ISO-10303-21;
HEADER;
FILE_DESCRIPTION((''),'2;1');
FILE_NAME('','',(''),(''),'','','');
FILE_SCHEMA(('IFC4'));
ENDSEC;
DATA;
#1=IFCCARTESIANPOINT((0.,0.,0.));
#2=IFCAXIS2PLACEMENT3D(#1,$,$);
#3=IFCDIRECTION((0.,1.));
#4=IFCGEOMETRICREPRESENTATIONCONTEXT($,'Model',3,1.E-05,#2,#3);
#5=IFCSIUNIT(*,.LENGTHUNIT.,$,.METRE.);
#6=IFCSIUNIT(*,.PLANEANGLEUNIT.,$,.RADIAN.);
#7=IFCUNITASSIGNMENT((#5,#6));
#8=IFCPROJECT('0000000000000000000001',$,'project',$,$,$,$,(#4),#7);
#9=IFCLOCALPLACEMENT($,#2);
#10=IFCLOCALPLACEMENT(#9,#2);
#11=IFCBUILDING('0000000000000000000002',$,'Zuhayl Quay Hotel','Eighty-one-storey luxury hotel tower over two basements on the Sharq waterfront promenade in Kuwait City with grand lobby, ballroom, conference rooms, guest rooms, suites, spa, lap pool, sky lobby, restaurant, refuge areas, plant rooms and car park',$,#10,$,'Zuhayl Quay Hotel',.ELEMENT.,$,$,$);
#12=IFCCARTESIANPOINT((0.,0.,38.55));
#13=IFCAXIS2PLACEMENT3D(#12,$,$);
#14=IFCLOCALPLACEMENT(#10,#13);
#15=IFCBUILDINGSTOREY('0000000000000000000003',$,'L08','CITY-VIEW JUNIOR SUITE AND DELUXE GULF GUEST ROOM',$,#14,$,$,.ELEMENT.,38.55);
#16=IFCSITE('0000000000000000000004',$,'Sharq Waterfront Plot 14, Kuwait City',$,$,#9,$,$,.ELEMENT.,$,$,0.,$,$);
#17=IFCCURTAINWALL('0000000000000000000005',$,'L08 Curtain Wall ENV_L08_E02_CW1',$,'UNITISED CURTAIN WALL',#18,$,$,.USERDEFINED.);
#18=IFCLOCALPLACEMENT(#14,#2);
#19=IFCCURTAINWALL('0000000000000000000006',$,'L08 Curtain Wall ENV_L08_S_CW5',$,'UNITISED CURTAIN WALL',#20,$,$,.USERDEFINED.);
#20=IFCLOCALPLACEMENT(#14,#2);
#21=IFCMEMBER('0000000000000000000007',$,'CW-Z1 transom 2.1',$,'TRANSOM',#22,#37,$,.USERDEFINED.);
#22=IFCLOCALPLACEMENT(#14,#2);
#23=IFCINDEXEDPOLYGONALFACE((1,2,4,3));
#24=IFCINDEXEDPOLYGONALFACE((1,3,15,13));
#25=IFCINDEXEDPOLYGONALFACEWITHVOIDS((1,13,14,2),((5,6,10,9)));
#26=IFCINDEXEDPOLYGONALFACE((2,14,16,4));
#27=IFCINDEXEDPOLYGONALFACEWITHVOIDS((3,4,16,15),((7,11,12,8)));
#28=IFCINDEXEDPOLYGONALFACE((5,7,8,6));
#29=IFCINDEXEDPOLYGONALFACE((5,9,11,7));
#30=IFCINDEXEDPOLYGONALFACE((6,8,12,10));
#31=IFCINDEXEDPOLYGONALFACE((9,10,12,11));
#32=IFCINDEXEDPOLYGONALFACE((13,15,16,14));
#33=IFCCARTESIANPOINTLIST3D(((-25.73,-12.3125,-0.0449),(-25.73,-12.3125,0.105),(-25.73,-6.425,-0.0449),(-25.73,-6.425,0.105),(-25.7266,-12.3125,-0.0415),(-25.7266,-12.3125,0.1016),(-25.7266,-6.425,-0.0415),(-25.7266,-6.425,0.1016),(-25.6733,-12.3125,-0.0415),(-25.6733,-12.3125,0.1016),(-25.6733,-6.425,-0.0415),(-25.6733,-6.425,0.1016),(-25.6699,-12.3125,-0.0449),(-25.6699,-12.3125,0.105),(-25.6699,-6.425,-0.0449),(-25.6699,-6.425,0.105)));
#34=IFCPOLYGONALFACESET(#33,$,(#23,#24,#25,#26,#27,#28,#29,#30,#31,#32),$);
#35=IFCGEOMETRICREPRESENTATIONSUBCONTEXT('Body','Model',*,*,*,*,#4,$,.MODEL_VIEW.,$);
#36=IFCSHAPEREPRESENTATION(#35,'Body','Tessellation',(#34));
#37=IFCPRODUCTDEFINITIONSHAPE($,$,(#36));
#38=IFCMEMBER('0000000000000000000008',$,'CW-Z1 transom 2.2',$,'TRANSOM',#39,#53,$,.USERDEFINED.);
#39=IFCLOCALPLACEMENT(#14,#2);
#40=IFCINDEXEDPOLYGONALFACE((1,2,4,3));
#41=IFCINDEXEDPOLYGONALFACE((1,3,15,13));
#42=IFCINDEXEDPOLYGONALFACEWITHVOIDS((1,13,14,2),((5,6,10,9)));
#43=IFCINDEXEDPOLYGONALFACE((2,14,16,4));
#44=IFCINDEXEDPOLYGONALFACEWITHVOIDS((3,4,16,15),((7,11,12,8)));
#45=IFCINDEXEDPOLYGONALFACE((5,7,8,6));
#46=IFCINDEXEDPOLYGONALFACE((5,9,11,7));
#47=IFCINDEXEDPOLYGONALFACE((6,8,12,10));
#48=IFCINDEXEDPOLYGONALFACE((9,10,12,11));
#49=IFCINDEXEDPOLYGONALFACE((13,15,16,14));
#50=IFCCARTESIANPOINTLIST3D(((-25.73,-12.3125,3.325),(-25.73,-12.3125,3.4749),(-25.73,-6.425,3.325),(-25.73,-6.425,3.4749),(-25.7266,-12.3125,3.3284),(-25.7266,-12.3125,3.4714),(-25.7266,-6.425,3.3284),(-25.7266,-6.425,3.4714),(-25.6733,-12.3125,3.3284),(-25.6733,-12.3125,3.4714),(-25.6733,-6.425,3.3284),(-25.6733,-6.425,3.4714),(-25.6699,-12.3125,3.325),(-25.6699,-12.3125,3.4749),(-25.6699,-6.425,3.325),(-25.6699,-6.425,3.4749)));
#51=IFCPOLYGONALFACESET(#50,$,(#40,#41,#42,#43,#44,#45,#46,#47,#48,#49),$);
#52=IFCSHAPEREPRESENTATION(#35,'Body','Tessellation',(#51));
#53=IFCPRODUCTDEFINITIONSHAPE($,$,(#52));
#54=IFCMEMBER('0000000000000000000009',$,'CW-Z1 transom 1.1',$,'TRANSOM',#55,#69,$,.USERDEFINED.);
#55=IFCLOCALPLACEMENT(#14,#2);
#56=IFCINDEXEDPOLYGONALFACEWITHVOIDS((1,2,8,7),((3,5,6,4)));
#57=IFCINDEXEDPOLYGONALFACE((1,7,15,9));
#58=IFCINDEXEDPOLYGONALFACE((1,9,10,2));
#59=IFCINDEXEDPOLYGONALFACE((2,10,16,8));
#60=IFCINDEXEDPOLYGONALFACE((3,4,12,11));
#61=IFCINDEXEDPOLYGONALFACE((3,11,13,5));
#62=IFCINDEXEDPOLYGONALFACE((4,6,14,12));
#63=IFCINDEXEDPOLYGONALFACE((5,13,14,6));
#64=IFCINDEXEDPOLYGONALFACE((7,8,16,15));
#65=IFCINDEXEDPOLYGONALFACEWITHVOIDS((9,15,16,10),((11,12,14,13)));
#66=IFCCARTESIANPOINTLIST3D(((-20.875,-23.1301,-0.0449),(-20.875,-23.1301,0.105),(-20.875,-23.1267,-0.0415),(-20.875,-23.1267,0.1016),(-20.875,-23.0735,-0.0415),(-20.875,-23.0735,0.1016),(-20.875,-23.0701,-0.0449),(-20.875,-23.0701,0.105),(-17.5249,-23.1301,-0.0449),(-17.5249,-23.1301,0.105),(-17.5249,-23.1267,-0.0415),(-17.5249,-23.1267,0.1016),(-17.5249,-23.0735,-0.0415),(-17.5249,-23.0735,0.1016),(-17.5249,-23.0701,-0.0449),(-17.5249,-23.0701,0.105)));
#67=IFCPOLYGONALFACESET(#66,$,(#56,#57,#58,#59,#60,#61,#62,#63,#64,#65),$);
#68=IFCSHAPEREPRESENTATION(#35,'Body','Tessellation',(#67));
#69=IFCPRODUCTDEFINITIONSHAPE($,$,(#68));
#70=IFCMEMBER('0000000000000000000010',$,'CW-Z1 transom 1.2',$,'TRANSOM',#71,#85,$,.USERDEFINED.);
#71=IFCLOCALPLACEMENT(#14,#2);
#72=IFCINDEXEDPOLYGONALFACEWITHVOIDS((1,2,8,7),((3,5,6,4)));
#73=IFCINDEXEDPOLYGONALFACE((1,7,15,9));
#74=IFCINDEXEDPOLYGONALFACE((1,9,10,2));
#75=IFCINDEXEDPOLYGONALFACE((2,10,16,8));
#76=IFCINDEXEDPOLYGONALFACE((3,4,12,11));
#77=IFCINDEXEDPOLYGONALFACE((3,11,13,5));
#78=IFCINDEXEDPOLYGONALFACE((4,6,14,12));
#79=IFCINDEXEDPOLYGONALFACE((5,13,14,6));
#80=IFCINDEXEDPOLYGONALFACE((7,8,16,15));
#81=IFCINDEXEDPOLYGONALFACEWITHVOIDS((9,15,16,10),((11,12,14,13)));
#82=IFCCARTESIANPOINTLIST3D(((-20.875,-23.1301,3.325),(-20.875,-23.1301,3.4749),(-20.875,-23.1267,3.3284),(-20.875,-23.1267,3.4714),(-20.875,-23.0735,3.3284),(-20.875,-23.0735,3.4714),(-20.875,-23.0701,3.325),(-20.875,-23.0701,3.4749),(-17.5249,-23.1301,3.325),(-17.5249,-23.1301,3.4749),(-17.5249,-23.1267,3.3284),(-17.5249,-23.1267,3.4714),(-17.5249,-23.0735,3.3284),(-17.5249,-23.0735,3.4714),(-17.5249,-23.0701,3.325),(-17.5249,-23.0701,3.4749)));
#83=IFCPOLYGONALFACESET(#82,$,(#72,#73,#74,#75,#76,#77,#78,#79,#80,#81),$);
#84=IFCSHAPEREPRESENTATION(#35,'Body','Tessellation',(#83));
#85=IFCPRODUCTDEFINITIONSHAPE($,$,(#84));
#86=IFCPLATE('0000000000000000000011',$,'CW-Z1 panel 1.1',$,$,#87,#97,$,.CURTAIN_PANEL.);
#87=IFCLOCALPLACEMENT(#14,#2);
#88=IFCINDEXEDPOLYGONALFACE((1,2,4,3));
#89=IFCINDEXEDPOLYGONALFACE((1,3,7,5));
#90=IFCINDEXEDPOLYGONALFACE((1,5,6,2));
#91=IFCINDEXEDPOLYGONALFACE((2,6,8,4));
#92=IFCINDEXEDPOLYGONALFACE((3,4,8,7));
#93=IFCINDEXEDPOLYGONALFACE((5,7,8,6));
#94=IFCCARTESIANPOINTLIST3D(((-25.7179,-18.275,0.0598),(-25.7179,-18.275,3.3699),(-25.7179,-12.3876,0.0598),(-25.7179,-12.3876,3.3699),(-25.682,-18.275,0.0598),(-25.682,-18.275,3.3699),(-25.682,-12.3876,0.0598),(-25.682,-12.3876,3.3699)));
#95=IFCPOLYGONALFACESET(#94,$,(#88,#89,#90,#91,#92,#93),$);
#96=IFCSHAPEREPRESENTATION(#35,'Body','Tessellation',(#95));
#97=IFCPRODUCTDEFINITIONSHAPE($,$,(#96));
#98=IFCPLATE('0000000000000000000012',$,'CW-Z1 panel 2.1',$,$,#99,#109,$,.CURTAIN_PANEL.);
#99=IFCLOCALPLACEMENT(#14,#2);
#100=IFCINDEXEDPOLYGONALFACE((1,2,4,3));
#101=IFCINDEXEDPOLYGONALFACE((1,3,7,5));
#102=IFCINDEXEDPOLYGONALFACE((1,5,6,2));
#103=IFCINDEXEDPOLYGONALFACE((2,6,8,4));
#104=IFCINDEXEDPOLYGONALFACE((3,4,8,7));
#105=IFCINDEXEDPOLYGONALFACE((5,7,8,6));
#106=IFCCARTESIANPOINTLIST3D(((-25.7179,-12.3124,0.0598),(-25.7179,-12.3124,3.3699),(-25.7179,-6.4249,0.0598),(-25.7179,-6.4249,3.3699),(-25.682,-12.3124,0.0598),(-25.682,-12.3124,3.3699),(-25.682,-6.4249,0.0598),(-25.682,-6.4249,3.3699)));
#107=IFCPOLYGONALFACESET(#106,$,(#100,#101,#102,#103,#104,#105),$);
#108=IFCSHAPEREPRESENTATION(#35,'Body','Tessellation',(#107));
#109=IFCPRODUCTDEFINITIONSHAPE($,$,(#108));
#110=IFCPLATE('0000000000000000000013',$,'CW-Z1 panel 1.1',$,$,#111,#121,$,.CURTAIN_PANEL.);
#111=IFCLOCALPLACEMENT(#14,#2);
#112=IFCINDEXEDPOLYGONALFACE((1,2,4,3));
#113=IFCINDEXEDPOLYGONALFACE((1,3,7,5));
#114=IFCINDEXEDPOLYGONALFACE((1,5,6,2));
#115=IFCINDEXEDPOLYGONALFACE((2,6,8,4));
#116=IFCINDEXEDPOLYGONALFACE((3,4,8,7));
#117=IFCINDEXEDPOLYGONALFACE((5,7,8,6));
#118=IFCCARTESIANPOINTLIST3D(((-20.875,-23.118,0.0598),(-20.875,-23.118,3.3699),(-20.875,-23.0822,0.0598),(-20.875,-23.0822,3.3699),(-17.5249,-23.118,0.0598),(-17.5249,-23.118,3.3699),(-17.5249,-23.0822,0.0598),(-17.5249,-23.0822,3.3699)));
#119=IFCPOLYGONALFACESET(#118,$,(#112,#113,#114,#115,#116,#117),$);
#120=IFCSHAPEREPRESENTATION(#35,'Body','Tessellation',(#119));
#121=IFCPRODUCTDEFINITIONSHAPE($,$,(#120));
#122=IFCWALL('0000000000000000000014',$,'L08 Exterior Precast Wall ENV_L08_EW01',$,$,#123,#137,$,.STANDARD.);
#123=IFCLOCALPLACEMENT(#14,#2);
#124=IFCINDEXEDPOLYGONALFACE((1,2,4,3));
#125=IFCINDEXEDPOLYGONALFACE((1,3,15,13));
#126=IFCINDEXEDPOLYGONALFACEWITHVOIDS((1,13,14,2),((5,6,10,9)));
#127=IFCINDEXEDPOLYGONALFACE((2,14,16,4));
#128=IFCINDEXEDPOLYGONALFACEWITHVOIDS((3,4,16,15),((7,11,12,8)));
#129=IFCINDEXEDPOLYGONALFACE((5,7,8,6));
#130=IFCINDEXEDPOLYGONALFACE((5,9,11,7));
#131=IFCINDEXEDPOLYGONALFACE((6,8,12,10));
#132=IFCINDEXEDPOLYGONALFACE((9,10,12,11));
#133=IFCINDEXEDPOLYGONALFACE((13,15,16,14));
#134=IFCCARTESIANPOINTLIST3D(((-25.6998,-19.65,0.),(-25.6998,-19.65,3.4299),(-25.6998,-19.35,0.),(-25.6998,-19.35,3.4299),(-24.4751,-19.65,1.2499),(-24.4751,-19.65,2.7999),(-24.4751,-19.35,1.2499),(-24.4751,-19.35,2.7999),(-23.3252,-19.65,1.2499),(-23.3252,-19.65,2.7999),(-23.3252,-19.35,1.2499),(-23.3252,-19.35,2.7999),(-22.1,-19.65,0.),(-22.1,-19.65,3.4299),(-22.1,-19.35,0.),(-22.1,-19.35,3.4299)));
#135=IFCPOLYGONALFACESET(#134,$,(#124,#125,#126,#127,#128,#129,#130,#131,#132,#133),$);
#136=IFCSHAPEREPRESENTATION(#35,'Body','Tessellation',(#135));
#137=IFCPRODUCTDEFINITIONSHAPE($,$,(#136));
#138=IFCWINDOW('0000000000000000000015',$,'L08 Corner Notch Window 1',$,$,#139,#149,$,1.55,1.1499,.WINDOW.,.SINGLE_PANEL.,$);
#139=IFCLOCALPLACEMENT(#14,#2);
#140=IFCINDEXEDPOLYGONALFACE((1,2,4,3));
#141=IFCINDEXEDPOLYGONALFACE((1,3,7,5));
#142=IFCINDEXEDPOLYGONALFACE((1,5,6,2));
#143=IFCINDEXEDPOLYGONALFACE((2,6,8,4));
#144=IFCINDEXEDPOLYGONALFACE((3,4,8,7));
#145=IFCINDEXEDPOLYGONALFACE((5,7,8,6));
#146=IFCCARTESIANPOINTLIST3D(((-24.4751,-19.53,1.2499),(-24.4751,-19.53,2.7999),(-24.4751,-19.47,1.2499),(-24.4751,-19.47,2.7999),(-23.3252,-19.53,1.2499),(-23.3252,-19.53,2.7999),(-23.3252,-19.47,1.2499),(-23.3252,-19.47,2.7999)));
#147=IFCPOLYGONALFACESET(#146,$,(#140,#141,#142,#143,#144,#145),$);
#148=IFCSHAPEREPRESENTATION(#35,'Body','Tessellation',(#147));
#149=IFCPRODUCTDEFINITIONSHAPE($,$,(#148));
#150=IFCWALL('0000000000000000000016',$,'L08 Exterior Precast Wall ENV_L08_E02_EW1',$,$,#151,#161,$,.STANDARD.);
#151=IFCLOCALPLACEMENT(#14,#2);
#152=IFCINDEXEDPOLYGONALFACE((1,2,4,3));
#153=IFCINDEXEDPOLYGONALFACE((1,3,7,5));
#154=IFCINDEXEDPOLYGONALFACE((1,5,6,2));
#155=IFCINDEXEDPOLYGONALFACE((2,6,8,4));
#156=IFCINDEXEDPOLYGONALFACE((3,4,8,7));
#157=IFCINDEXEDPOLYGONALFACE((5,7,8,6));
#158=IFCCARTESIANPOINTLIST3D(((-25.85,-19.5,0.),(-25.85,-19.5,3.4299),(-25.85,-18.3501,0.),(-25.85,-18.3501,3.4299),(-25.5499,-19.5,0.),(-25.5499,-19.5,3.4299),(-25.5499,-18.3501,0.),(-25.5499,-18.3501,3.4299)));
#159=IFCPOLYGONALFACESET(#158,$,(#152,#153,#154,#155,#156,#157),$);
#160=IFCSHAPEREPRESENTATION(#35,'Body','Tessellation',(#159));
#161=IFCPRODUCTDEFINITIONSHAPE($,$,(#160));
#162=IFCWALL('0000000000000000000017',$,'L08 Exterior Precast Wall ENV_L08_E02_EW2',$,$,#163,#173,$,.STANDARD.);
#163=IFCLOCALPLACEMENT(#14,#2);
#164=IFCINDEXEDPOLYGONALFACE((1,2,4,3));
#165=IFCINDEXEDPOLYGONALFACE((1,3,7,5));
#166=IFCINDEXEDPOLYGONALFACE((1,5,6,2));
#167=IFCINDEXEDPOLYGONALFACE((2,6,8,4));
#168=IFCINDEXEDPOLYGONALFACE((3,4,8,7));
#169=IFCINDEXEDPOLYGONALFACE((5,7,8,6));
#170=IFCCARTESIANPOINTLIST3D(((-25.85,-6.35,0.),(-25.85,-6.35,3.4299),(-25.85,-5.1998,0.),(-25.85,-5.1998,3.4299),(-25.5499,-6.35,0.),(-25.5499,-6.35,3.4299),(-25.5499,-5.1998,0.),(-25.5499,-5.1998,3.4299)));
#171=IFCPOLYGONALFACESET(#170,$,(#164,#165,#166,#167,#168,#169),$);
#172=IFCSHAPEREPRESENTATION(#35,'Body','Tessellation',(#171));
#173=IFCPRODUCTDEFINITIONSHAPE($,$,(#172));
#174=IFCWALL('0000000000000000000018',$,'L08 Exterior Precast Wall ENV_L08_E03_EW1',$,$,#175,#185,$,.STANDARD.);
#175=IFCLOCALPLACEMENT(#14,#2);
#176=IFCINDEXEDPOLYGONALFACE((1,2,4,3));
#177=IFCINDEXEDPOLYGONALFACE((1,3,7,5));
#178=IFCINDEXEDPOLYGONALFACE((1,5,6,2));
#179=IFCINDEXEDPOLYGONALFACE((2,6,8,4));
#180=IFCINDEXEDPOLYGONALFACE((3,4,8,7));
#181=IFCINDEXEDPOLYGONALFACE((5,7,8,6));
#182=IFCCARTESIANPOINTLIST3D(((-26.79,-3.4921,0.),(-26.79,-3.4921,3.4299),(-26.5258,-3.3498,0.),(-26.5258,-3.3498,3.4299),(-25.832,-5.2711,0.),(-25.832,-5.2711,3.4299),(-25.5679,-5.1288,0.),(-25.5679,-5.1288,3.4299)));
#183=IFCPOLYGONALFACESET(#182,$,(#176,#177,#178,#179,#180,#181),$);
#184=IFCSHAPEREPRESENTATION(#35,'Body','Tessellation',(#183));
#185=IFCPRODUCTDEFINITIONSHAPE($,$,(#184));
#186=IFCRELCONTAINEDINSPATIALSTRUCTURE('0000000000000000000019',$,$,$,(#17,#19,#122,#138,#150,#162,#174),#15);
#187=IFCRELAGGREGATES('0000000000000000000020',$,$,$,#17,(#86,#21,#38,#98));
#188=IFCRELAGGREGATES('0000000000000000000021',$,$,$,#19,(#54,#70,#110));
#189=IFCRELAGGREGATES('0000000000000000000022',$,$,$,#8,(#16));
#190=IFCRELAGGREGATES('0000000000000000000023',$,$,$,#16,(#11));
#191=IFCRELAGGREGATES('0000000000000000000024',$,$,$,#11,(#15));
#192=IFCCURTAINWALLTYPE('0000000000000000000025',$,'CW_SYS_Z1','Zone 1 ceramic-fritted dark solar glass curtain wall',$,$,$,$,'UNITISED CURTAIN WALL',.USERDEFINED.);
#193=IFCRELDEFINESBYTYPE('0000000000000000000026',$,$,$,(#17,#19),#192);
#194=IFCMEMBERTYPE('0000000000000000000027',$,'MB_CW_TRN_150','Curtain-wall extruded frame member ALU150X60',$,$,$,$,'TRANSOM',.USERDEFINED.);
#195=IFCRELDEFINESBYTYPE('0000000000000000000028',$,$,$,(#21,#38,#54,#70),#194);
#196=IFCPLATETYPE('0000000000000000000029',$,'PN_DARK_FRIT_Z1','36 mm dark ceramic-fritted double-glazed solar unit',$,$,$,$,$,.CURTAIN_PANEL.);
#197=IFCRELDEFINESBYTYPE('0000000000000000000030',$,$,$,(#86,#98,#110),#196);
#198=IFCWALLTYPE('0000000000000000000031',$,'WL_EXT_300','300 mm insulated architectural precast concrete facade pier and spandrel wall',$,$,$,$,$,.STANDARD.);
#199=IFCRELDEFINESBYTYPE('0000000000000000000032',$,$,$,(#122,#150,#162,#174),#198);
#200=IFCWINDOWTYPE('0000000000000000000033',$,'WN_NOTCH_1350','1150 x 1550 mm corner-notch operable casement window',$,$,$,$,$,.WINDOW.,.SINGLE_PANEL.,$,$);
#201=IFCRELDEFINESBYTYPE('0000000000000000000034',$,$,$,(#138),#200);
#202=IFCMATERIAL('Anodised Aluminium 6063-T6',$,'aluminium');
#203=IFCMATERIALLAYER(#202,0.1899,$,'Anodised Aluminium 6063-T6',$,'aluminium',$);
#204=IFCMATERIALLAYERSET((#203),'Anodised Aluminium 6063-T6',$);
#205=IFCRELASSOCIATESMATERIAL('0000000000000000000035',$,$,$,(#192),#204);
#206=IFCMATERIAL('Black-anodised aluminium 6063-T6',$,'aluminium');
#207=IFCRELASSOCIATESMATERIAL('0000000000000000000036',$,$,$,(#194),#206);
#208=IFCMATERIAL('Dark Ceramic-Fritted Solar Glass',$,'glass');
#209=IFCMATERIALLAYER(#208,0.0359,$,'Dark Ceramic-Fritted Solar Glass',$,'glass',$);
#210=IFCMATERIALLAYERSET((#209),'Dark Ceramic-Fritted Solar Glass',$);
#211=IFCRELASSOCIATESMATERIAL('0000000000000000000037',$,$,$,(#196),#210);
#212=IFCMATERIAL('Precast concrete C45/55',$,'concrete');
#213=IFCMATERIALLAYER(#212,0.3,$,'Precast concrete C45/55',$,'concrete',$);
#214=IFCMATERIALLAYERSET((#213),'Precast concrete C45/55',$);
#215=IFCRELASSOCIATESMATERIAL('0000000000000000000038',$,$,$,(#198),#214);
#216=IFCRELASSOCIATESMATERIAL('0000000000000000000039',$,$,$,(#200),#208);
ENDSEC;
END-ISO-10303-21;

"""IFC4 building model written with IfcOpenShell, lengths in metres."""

from ifc_helpers import new_model, si_unit, direction, frame, frame_2d, origin, origin_2d, place, context, subcontext, project, spatial, rectangle, hollow_rectangle, extrude, material, layer, layer_set, material_profile, profile_set, type_object, element, fill, aggregate, save


model = new_model("IFC4")

# Units and contexts
model_context = context("Model", 3, precision=1e-05, world=origin(), true_north=direction((0.0, 1.0)))
body_context = subcontext(model_context, "Body", "Model", "MODEL_VIEW")
ifc_project = project(units=[si_unit("LENGTHUNIT", "METRE"), si_unit("PLANEANGLEUNIT", "RADIAN")], contexts=[model_context])

# Site, building, storey
site_placement = place(None, origin())
site = spatial("IfcSite", under=ifc_project, at=site_placement, Name="Sharq Waterfront Plot 14, Kuwait City", CompositionType="ELEMENT", RefElevation=0.0)
building_placement = place(site_placement, origin())
building = spatial("IfcBuilding", under=site, at=building_placement, Name="Zuhayl Quay Hotel", Description="Eighty-one-storey luxury hotel tower over two basements on the Sharq waterfront promenade in Kuwait City with grand lobby, ballroom, conference rooms, guest rooms, suites, spa, lap pool, sky lobby, restaurant, refuge areas, plant rooms and car park", LongName="Zuhayl Quay Hotel", CompositionType="ELEMENT")
storey_placement = place(building_placement, frame((0.0, 0.0, 38.55)))
storey = spatial("IfcBuildingStorey", under=building, at=storey_placement, Name="L08", Description="CITY-VIEW JUNIOR SUITE AND DELUXE GULF GUEST ROOM", CompositionType="ELEMENT", Elevation=38.55)

# Curtain walls
ifc_material_1 = material(Name="Anodised Aluminium 6063-T6", Category="aluminium")
ifc_layer_1 = layer(ifc_material_1, 0.1899, Name="Anodised Aluminium 6063-T6", Category="aluminium")
ifc_layer_set_1 = layer_set([ifc_layer_1], Name="Anodised Aluminium 6063-T6")
curtain_wall_type = type_object("IfcCurtainWallType", Name="CW_SYS_Z1", Description="Zone 1 ceramic-fritted dark solar glass curtain wall", ElementType="UNITISED CURTAIN WALL", PredefinedType="USERDEFINED", material=ifc_layer_set_1)
curtain_wall_1_placement = place(storey_placement, origin())
curtain_wall_1 = element("IfcCurtainWall", 1, at=curtain_wall_1_placement, inside=storey, type_object=curtain_wall_type, Name="L08 Curtain Wall ENV_L08_E02_CW1", ObjectType="UNITISED CURTAIN WALL", PredefinedType="USERDEFINED")
ifc_material_2 = material(Name="Black-anodised aluminium 6063-T6", Category="aluminium")
curtain_wall_2_placement = place(storey_placement, origin())
curtain_wall_2 = element("IfcCurtainWall", 2, at=curtain_wall_2_placement, inside=storey, type_object=curtain_wall_type, Name="L08 Curtain Wall ENV_L08_S_CW5", ObjectType="UNITISED CURTAIN WALL", PredefinedType="USERDEFINED")

# Members
ifc_material_profile_1 = material_profile(ifc_material_2, hollow_rectangle(XDim=0.0601, YDim=0.1499, WallThickness=0.0034, at=origin_2d()), Name="ALU150X60")
ifc_profile_set_1 = profile_set([ifc_material_profile_1], Name="Black-anodised aluminium 6063-T6")
member_type_1 = type_object("IfcMemberType", Name="MB_CW_TRN_150", Description="Curtain-wall extruded frame member ALU150X60", ElementType="TRANSOM", PredefinedType="USERDEFINED", material=ifc_profile_set_1)
member_1_placement = place(storey_placement, frame((-25.7, -12.3125, 0.03), z_axis=(0.0, 1.0, 0.0), x_axis=(-1.0, 0.0, 0.0)))
member_1 = element("IfcMember", 3, at=member_1_placement, type_object=member_type_1, Name="CW-Z1 transom 2.1", ObjectType="TRANSOM", PredefinedType="USERDEFINED", context=body_context, shape_type="SweptSolid", body=[
    extrude(hollow_rectangle(XDim=0.0601, YDim=0.1499, WallThickness=0.0034, at=origin_2d()), origin(), (0.0, 0.0, 1.0), 5.8875),
])
member_2_placement = place(storey_placement, frame((-25.7, -12.3125, 3.3999), z_axis=(0.0, 1.0, 0.0), x_axis=(-1.0, 0.0, 0.0)))
member_2 = element("IfcMember", 4, at=member_2_placement, type_object=member_type_1, Name="CW-Z1 transom 2.2", ObjectType="TRANSOM", PredefinedType="USERDEFINED", context=body_context, shape_type="SweptSolid", body=[
    extrude(hollow_rectangle(XDim=0.0601, YDim=0.1499, WallThickness=0.0034, at=origin_2d()), origin(), (0.0, 0.0, 1.0), 5.8875),
])
member_3_placement = place(storey_placement, frame((-17.5249, -23.1001, 0.03), z_axis=(-1.0, 0.0, 0.0), x_axis=(0.0, -1.0, 0.0)))
member_3 = element("IfcMember", 5, at=member_3_placement, type_object=member_type_1, Name="CW-Z1 transom 1.1", ObjectType="TRANSOM", PredefinedType="USERDEFINED", context=body_context, shape_type="SweptSolid", body=[
    extrude(hollow_rectangle(XDim=0.0601, YDim=0.1499, WallThickness=0.0034, at=origin_2d()), origin(), (0.0, 0.0, 1.0), 3.3501),
])
member_4_placement = place(storey_placement, frame((-17.5249, -23.1001, 3.3999), z_axis=(-1.0, 0.0, 0.0), x_axis=(0.0, -1.0, 0.0)))
member_4 = element("IfcMember", 6, at=member_4_placement, type_object=member_type_1, Name="CW-Z1 transom 1.2", ObjectType="TRANSOM", PredefinedType="USERDEFINED", context=body_context, shape_type="SweptSolid", body=[
    extrude(hollow_rectangle(XDim=0.0601, YDim=0.1499, WallThickness=0.0034, at=origin_2d()), origin(), (0.0, 0.0, 1.0), 3.3501),
])

# Plates
ifc_material_3 = material(Name="Dark Ceramic-Fritted Solar Glass", Category="glass")
ifc_layer_2 = layer(ifc_material_3, 0.0359, Name="Dark Ceramic-Fritted Solar Glass", Category="glass")
ifc_layer_set_2 = layer_set([ifc_layer_2], Name="Dark Ceramic-Fritted Solar Glass")
plate_type = type_object("IfcPlateType", Name="PN_DARK_FRIT_Z1", Description="36 mm dark ceramic-fritted double-glazed solar unit", PredefinedType="CURTAIN_PANEL", material=ifc_layer_set_2)
plate_1_placement = place(storey_placement, frame((-25.7, -15.3313, 0.0598), z_axis=(0.0, 0.0, 1.0), x_axis=(0.0, 1.0, 0.0)))
plate_1 = element("IfcPlate", 7, at=plate_1_placement, type_object=plate_type, Name="CW-Z1 panel 1.1", PredefinedType="CURTAIN_PANEL", context=body_context, shape_type="SweptSolid", body=[
    extrude(rectangle(XDim=5.8875, YDim=0.0359, at=origin_2d()), origin(), (0.0, 0.0, 1.0), 3.3101),
])
plate_2_placement = place(storey_placement, frame((-25.7, -9.3687, 0.0598), z_axis=(0.0, 0.0, 1.0), x_axis=(0.0, 1.0, 0.0)))
plate_2 = element("IfcPlate", 8, at=plate_2_placement, type_object=plate_type, Name="CW-Z1 panel 2.1", PredefinedType="CURTAIN_PANEL", context=body_context, shape_type="SweptSolid", body=[
    extrude(rectangle(XDim=5.8875, YDim=0.0359, at=origin_2d()), origin(), (0.0, 0.0, 1.0), 3.3101),
])
aggregate(curtain_wall_1, [plate_1, member_1, member_2, plate_2])
plate_3_placement = place(storey_placement, frame((-19.2, -23.1001, 0.0598), z_axis=(0.0, 0.0, 1.0), x_axis=(-1.0, 0.0, 0.0)))
plate_3 = element("IfcPlate", 9, at=plate_3_placement, type_object=plate_type, Name="CW-Z1 panel 1.1", PredefinedType="CURTAIN_PANEL", context=body_context, shape_type="SweptSolid", body=[
    extrude(rectangle(XDim=3.3501, YDim=0.0359, at=origin_2d()), origin(), (0.0, 0.0, 1.0), 3.3101),
])
aggregate(curtain_wall_2, [member_3, member_4, plate_3])

# Wall, opening, window
ifc_material_4 = material(Name="Precast concrete C45/55", Category="concrete")
ifc_layer_3 = layer(ifc_material_4, 0.3, Name="Precast concrete C45/55", Category="concrete")
ifc_layer_set_3 = layer_set([ifc_layer_3], Name="Precast concrete C45/55")
wall_type_1 = type_object("IfcWallType", Name="WL_EXT_300", Description="300 mm insulated architectural precast concrete facade pier and spandrel wall", PredefinedType="STANDARD", material=ifc_layer_set_3)
wall_1_placement = place(storey_placement, frame((-22.1001, -19.5, 0.0), z_axis=(0.0, 0.0, 1.0), x_axis=(-1.0, 0.0, 0.0)))
wall_1 = element("IfcWall", 10, at=wall_1_placement, inside=storey, type_object=wall_type_1, Name="L08 Exterior Precast Wall ENV_L08_EW01", PredefinedType="STANDARD", context=body_context, shape_type="SweptSolid", body=[
    extrude(rectangle(XDim=3.5999, YDim=0.3, at=frame_2d((1.7998, 0.0))), origin(), (0.0, 0.0, 1.0), 3.4299),
])
opening_1_placement = place(wall_1_placement, frame((1.2251, 0.0, 1.25)))
opening_1 = element("IfcOpeningElement", 11, at=opening_1_placement, cuts=wall_1, PredefinedType="OPENING", context=body_context, shape_type="SweptSolid", body=[
    extrude(rectangle(XDim=1.1499, YDim=1.55, at=frame_2d((0.575, 0.7749))), frame((0.0, 0.1599, 0.0), z_axis=(0.0, -1.0, 0.0), x_axis=(1.0, 0.0, 0.0)), (0.0, 0.0, 1.0), 0.3201),
])
window_type = type_object("IfcWindowType", Name="WN_NOTCH_1350", Description="1150 x 1550 mm corner-notch operable casement window", PartitioningType="SINGLE_PANEL", PredefinedType="WINDOW", material=ifc_material_3)
window_1_placement = place(opening_1_placement, origin())
window_1 = element("IfcWindow", 12, at=window_1_placement, inside=storey, type_object=window_type, Name="L08 Corner Notch Window 1", OverallHeight=1.55, OverallWidth=1.1499, PartitioningType="SINGLE_PANEL", PredefinedType="WINDOW", context=body_context, shape_type="SweptSolid", body=[
    extrude(rectangle(XDim=1.1499, YDim=1.55, at=frame_2d((0.575, 0.7749))), frame((0.0, 0.03, 0.0), z_axis=(0.0, -1.0, 0.0), x_axis=(1.0, 0.0, 0.0)), (0.0, 0.0, 1.0), 0.0601),
])
fill(opening_1, window_1)

# Walls
wall_2_placement = place(storey_placement, frame((-25.7, -19.5, 0.0), z_axis=(0.0, 0.0, 1.0), x_axis=(0.0, 1.0, 0.0)))
element("IfcWall", 13, at=wall_2_placement, inside=storey, type_object=wall_type_1, Name="L08 Exterior Precast Wall ENV_L08_E02_EW1", PredefinedType="STANDARD", context=body_context, shape_type="SweptSolid", body=[
    extrude(rectangle(XDim=1.1499, YDim=0.3, at=frame_2d((0.575, 0.0))), origin(), (0.0, 0.0, 1.0), 3.4299),
])
wall_3_placement = place(storey_placement, frame((-25.7, -6.3501, 0.0), z_axis=(0.0, 0.0, 1.0), x_axis=(0.0, 1.0, 0.0)))
element("IfcWall", 14, at=wall_3_placement, inside=storey, type_object=wall_type_1, Name="L08 Exterior Precast Wall ENV_L08_E02_EW2", PredefinedType="STANDARD", context=body_context, shape_type="SweptSolid", body=[
    extrude(rectangle(XDim=1.1501, YDim=0.3, at=frame_2d((0.5752, 0.0))), origin(), (0.0, 0.0, 1.0), 3.4299),
])
wall_4_placement = place(storey_placement, frame((-25.7, -5.2, 0.0), z_axis=(0.0, 0.0, 1.0), x_axis=(-0.474121, 0.880459, 0.0)))
element("IfcWall", 15, at=wall_4_placement, inside=storey, type_object=wall_type_1, Name="L08 Exterior Precast Wall ENV_L08_E03_EW1", PredefinedType="STANDARD", context=body_context, shape_type="SweptSolid", body=[
    extrude(rectangle(XDim=2.0205, YDim=0.3, at=frame_2d((1.0103, 0.0))), origin(), (0.0, 0.0, 1.0), 3.4299),
])

save(model, "model.ifc")
